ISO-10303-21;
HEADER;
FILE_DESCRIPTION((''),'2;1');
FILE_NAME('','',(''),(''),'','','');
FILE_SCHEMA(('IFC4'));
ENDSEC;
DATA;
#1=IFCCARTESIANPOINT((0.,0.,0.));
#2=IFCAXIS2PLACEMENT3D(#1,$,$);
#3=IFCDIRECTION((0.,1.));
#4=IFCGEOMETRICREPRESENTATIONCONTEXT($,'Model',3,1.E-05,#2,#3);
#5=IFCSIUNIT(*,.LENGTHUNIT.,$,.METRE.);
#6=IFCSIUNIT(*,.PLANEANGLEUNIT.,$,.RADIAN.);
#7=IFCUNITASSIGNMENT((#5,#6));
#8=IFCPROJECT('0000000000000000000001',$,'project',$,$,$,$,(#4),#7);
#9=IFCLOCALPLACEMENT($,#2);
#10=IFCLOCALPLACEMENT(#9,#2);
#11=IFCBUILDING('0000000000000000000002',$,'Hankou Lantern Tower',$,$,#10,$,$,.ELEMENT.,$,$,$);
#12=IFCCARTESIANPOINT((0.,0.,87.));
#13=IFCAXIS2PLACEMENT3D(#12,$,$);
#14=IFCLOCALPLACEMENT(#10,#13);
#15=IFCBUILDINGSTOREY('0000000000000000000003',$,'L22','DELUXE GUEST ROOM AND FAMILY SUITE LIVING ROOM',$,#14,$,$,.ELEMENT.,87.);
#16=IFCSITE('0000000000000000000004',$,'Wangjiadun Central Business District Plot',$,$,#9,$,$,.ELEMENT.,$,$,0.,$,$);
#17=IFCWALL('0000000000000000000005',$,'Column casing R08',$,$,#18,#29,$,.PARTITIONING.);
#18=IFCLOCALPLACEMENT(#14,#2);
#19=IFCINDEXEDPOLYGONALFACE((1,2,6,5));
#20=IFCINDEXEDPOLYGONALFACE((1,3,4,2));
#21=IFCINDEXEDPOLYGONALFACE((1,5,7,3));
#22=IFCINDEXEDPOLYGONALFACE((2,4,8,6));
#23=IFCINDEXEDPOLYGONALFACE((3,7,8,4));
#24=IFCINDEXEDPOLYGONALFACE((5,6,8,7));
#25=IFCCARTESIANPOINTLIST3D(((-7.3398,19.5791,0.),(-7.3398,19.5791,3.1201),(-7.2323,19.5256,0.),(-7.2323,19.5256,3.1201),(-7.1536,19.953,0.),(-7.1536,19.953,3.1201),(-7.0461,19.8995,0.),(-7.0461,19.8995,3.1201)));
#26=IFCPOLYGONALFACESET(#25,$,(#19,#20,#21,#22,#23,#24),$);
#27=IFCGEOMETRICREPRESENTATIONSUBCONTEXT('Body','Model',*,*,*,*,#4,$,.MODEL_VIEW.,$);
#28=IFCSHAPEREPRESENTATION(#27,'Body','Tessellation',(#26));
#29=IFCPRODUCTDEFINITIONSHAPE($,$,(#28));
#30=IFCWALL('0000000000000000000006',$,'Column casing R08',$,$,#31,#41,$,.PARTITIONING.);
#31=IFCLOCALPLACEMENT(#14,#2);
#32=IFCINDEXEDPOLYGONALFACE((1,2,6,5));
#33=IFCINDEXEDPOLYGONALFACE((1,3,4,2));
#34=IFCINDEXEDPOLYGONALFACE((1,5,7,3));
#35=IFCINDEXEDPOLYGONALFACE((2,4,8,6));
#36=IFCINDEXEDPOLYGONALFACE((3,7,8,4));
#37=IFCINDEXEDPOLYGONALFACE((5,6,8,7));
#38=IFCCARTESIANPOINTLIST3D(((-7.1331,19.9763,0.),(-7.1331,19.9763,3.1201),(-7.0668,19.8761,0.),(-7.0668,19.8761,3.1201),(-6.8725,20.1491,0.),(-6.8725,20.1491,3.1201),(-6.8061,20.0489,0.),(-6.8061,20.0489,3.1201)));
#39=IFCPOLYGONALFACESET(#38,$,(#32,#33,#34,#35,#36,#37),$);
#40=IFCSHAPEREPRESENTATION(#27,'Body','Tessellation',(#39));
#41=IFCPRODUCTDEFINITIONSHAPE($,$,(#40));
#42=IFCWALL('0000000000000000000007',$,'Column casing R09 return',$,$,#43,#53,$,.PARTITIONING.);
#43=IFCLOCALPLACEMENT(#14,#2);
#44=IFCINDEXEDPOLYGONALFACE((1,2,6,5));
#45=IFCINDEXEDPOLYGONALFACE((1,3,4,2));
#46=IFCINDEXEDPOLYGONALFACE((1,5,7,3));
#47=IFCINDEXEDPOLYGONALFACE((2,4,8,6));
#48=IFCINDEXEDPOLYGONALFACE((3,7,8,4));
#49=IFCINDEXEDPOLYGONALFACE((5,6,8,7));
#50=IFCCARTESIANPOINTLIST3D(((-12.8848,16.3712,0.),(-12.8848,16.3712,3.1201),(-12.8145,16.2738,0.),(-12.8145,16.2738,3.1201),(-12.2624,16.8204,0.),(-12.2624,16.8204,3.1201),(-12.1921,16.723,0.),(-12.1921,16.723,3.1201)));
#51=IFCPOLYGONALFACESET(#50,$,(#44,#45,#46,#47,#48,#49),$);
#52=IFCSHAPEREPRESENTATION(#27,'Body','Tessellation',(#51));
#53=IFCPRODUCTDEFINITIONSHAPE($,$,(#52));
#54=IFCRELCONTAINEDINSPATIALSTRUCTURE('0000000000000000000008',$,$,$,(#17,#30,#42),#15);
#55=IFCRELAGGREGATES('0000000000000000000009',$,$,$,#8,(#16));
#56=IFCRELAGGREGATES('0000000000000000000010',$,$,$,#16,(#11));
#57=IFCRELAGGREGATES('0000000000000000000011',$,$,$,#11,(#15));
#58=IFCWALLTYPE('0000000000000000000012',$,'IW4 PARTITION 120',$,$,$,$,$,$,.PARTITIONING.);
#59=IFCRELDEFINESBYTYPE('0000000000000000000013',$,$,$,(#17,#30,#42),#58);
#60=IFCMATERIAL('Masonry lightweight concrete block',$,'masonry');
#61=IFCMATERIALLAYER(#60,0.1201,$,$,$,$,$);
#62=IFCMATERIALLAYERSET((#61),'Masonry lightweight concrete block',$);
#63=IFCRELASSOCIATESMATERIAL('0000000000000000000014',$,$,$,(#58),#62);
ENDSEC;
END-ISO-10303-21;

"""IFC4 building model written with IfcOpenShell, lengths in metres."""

from ifc_helpers import new_model, si_unit, direction, frame, frame_2d, origin, place, context, subcontext, project, spatial, rectangle, extrude, material, layer, layer_set, type_object, element, save


model = new_model("IFC4")

# Units and contexts
model_context = context("Model", 3, precision=1e-05, world=origin(), true_north=direction((0.0, 1.0)))
body_context = subcontext(model_context, "Body", "Model", "MODEL_VIEW")
ifc_project = project(units=[si_unit("LENGTHUNIT", "METRE"), si_unit("PLANEANGLEUNIT", "RADIAN")], contexts=[model_context])

# Site, building, storey
site_placement = place(None, origin())
site = spatial("IfcSite", under=ifc_project, at=site_placement, Name="Wangjiadun Central Business District Plot", CompositionType="ELEMENT", RefElevation=0.0)
building_placement = place(site_placement, origin())
building = spatial("IfcBuilding", under=site, at=building_placement, Name="Hankou Lantern Tower", CompositionType="ELEMENT")
storey_placement = place(building_placement, frame((0.0, 0.0, 87.0)))
storey = spatial("IfcBuildingStorey", under=building, at=storey_placement, Name="L22", Description="DELUXE GUEST ROOM AND FAMILY SUITE LIVING ROOM", CompositionType="ELEMENT", Elevation=87.0)

# Walls
ifc_material_1 = material(Name="Masonry lightweight concrete block", Category="masonry")
ifc_layer_1 = layer(ifc_material_1, 0.1201)
ifc_layer_set_1 = layer_set([ifc_layer_1], Name="Masonry lightweight concrete block")
wall_type_1 = type_object("IfcWallType", Name="IW4 PARTITION 120", PredefinedType="PARTITIONING", material=ifc_layer_set_1)
wall_1_placement = place(storey_placement, frame((-7.2861, 19.5522, 0.0), z_axis=(0.0, 0.0, 1.0), x_axis=(0.445811, 0.895127, 0.0)))
element("IfcWall", 1, at=wall_1_placement, inside=storey, type_object=wall_type_1, Name="Column casing R08", PredefinedType="PARTITIONING", context=body_context, shape_type="SweptSolid", body=[
    extrude(rectangle(XDim=0.4177, YDim=0.1201, at=frame_2d((0.209, 0.0))), origin(), (0.0, 0.0, 1.0), 3.1201),
])
wall_2_placement = place(storey_placement, frame((-7.0999, 19.9263, 0.0), z_axis=(0.0, 0.0, 1.0), x_axis=(0.833488, 0.552537, 0.0)))
element("IfcWall", 2, at=wall_2_placement, inside=storey, type_object=wall_type_1, Name="Column casing R08", PredefinedType="PARTITIONING", context=body_context, shape_type="SweptSolid", body=[
    extrude(rectangle(XDim=0.3127, YDim=0.1201, at=frame_2d((0.1562, 0.0))), origin(), (0.0, 0.0, 1.0), 3.1201),
])
wall_3_placement = place(storey_placement, frame((-12.2273, 16.7717, 0.0), z_axis=(0.0, 0.0, 1.0), x_axis=(-0.810822, -0.585293, 0.0)))
element("IfcWall", 3, at=wall_3_placement, inside=storey, type_object=wall_type_1, Name="Column casing R09 return", PredefinedType="PARTITIONING", context=body_context, shape_type="SweptSolid", body=[
    extrude(rectangle(XDim=0.7676, YDim=0.1201, at=frame_2d((0.3838, 0.0))), origin(), (0.0, 0.0, 1.0), 3.1201),
])

save(model, "model.ifc")
